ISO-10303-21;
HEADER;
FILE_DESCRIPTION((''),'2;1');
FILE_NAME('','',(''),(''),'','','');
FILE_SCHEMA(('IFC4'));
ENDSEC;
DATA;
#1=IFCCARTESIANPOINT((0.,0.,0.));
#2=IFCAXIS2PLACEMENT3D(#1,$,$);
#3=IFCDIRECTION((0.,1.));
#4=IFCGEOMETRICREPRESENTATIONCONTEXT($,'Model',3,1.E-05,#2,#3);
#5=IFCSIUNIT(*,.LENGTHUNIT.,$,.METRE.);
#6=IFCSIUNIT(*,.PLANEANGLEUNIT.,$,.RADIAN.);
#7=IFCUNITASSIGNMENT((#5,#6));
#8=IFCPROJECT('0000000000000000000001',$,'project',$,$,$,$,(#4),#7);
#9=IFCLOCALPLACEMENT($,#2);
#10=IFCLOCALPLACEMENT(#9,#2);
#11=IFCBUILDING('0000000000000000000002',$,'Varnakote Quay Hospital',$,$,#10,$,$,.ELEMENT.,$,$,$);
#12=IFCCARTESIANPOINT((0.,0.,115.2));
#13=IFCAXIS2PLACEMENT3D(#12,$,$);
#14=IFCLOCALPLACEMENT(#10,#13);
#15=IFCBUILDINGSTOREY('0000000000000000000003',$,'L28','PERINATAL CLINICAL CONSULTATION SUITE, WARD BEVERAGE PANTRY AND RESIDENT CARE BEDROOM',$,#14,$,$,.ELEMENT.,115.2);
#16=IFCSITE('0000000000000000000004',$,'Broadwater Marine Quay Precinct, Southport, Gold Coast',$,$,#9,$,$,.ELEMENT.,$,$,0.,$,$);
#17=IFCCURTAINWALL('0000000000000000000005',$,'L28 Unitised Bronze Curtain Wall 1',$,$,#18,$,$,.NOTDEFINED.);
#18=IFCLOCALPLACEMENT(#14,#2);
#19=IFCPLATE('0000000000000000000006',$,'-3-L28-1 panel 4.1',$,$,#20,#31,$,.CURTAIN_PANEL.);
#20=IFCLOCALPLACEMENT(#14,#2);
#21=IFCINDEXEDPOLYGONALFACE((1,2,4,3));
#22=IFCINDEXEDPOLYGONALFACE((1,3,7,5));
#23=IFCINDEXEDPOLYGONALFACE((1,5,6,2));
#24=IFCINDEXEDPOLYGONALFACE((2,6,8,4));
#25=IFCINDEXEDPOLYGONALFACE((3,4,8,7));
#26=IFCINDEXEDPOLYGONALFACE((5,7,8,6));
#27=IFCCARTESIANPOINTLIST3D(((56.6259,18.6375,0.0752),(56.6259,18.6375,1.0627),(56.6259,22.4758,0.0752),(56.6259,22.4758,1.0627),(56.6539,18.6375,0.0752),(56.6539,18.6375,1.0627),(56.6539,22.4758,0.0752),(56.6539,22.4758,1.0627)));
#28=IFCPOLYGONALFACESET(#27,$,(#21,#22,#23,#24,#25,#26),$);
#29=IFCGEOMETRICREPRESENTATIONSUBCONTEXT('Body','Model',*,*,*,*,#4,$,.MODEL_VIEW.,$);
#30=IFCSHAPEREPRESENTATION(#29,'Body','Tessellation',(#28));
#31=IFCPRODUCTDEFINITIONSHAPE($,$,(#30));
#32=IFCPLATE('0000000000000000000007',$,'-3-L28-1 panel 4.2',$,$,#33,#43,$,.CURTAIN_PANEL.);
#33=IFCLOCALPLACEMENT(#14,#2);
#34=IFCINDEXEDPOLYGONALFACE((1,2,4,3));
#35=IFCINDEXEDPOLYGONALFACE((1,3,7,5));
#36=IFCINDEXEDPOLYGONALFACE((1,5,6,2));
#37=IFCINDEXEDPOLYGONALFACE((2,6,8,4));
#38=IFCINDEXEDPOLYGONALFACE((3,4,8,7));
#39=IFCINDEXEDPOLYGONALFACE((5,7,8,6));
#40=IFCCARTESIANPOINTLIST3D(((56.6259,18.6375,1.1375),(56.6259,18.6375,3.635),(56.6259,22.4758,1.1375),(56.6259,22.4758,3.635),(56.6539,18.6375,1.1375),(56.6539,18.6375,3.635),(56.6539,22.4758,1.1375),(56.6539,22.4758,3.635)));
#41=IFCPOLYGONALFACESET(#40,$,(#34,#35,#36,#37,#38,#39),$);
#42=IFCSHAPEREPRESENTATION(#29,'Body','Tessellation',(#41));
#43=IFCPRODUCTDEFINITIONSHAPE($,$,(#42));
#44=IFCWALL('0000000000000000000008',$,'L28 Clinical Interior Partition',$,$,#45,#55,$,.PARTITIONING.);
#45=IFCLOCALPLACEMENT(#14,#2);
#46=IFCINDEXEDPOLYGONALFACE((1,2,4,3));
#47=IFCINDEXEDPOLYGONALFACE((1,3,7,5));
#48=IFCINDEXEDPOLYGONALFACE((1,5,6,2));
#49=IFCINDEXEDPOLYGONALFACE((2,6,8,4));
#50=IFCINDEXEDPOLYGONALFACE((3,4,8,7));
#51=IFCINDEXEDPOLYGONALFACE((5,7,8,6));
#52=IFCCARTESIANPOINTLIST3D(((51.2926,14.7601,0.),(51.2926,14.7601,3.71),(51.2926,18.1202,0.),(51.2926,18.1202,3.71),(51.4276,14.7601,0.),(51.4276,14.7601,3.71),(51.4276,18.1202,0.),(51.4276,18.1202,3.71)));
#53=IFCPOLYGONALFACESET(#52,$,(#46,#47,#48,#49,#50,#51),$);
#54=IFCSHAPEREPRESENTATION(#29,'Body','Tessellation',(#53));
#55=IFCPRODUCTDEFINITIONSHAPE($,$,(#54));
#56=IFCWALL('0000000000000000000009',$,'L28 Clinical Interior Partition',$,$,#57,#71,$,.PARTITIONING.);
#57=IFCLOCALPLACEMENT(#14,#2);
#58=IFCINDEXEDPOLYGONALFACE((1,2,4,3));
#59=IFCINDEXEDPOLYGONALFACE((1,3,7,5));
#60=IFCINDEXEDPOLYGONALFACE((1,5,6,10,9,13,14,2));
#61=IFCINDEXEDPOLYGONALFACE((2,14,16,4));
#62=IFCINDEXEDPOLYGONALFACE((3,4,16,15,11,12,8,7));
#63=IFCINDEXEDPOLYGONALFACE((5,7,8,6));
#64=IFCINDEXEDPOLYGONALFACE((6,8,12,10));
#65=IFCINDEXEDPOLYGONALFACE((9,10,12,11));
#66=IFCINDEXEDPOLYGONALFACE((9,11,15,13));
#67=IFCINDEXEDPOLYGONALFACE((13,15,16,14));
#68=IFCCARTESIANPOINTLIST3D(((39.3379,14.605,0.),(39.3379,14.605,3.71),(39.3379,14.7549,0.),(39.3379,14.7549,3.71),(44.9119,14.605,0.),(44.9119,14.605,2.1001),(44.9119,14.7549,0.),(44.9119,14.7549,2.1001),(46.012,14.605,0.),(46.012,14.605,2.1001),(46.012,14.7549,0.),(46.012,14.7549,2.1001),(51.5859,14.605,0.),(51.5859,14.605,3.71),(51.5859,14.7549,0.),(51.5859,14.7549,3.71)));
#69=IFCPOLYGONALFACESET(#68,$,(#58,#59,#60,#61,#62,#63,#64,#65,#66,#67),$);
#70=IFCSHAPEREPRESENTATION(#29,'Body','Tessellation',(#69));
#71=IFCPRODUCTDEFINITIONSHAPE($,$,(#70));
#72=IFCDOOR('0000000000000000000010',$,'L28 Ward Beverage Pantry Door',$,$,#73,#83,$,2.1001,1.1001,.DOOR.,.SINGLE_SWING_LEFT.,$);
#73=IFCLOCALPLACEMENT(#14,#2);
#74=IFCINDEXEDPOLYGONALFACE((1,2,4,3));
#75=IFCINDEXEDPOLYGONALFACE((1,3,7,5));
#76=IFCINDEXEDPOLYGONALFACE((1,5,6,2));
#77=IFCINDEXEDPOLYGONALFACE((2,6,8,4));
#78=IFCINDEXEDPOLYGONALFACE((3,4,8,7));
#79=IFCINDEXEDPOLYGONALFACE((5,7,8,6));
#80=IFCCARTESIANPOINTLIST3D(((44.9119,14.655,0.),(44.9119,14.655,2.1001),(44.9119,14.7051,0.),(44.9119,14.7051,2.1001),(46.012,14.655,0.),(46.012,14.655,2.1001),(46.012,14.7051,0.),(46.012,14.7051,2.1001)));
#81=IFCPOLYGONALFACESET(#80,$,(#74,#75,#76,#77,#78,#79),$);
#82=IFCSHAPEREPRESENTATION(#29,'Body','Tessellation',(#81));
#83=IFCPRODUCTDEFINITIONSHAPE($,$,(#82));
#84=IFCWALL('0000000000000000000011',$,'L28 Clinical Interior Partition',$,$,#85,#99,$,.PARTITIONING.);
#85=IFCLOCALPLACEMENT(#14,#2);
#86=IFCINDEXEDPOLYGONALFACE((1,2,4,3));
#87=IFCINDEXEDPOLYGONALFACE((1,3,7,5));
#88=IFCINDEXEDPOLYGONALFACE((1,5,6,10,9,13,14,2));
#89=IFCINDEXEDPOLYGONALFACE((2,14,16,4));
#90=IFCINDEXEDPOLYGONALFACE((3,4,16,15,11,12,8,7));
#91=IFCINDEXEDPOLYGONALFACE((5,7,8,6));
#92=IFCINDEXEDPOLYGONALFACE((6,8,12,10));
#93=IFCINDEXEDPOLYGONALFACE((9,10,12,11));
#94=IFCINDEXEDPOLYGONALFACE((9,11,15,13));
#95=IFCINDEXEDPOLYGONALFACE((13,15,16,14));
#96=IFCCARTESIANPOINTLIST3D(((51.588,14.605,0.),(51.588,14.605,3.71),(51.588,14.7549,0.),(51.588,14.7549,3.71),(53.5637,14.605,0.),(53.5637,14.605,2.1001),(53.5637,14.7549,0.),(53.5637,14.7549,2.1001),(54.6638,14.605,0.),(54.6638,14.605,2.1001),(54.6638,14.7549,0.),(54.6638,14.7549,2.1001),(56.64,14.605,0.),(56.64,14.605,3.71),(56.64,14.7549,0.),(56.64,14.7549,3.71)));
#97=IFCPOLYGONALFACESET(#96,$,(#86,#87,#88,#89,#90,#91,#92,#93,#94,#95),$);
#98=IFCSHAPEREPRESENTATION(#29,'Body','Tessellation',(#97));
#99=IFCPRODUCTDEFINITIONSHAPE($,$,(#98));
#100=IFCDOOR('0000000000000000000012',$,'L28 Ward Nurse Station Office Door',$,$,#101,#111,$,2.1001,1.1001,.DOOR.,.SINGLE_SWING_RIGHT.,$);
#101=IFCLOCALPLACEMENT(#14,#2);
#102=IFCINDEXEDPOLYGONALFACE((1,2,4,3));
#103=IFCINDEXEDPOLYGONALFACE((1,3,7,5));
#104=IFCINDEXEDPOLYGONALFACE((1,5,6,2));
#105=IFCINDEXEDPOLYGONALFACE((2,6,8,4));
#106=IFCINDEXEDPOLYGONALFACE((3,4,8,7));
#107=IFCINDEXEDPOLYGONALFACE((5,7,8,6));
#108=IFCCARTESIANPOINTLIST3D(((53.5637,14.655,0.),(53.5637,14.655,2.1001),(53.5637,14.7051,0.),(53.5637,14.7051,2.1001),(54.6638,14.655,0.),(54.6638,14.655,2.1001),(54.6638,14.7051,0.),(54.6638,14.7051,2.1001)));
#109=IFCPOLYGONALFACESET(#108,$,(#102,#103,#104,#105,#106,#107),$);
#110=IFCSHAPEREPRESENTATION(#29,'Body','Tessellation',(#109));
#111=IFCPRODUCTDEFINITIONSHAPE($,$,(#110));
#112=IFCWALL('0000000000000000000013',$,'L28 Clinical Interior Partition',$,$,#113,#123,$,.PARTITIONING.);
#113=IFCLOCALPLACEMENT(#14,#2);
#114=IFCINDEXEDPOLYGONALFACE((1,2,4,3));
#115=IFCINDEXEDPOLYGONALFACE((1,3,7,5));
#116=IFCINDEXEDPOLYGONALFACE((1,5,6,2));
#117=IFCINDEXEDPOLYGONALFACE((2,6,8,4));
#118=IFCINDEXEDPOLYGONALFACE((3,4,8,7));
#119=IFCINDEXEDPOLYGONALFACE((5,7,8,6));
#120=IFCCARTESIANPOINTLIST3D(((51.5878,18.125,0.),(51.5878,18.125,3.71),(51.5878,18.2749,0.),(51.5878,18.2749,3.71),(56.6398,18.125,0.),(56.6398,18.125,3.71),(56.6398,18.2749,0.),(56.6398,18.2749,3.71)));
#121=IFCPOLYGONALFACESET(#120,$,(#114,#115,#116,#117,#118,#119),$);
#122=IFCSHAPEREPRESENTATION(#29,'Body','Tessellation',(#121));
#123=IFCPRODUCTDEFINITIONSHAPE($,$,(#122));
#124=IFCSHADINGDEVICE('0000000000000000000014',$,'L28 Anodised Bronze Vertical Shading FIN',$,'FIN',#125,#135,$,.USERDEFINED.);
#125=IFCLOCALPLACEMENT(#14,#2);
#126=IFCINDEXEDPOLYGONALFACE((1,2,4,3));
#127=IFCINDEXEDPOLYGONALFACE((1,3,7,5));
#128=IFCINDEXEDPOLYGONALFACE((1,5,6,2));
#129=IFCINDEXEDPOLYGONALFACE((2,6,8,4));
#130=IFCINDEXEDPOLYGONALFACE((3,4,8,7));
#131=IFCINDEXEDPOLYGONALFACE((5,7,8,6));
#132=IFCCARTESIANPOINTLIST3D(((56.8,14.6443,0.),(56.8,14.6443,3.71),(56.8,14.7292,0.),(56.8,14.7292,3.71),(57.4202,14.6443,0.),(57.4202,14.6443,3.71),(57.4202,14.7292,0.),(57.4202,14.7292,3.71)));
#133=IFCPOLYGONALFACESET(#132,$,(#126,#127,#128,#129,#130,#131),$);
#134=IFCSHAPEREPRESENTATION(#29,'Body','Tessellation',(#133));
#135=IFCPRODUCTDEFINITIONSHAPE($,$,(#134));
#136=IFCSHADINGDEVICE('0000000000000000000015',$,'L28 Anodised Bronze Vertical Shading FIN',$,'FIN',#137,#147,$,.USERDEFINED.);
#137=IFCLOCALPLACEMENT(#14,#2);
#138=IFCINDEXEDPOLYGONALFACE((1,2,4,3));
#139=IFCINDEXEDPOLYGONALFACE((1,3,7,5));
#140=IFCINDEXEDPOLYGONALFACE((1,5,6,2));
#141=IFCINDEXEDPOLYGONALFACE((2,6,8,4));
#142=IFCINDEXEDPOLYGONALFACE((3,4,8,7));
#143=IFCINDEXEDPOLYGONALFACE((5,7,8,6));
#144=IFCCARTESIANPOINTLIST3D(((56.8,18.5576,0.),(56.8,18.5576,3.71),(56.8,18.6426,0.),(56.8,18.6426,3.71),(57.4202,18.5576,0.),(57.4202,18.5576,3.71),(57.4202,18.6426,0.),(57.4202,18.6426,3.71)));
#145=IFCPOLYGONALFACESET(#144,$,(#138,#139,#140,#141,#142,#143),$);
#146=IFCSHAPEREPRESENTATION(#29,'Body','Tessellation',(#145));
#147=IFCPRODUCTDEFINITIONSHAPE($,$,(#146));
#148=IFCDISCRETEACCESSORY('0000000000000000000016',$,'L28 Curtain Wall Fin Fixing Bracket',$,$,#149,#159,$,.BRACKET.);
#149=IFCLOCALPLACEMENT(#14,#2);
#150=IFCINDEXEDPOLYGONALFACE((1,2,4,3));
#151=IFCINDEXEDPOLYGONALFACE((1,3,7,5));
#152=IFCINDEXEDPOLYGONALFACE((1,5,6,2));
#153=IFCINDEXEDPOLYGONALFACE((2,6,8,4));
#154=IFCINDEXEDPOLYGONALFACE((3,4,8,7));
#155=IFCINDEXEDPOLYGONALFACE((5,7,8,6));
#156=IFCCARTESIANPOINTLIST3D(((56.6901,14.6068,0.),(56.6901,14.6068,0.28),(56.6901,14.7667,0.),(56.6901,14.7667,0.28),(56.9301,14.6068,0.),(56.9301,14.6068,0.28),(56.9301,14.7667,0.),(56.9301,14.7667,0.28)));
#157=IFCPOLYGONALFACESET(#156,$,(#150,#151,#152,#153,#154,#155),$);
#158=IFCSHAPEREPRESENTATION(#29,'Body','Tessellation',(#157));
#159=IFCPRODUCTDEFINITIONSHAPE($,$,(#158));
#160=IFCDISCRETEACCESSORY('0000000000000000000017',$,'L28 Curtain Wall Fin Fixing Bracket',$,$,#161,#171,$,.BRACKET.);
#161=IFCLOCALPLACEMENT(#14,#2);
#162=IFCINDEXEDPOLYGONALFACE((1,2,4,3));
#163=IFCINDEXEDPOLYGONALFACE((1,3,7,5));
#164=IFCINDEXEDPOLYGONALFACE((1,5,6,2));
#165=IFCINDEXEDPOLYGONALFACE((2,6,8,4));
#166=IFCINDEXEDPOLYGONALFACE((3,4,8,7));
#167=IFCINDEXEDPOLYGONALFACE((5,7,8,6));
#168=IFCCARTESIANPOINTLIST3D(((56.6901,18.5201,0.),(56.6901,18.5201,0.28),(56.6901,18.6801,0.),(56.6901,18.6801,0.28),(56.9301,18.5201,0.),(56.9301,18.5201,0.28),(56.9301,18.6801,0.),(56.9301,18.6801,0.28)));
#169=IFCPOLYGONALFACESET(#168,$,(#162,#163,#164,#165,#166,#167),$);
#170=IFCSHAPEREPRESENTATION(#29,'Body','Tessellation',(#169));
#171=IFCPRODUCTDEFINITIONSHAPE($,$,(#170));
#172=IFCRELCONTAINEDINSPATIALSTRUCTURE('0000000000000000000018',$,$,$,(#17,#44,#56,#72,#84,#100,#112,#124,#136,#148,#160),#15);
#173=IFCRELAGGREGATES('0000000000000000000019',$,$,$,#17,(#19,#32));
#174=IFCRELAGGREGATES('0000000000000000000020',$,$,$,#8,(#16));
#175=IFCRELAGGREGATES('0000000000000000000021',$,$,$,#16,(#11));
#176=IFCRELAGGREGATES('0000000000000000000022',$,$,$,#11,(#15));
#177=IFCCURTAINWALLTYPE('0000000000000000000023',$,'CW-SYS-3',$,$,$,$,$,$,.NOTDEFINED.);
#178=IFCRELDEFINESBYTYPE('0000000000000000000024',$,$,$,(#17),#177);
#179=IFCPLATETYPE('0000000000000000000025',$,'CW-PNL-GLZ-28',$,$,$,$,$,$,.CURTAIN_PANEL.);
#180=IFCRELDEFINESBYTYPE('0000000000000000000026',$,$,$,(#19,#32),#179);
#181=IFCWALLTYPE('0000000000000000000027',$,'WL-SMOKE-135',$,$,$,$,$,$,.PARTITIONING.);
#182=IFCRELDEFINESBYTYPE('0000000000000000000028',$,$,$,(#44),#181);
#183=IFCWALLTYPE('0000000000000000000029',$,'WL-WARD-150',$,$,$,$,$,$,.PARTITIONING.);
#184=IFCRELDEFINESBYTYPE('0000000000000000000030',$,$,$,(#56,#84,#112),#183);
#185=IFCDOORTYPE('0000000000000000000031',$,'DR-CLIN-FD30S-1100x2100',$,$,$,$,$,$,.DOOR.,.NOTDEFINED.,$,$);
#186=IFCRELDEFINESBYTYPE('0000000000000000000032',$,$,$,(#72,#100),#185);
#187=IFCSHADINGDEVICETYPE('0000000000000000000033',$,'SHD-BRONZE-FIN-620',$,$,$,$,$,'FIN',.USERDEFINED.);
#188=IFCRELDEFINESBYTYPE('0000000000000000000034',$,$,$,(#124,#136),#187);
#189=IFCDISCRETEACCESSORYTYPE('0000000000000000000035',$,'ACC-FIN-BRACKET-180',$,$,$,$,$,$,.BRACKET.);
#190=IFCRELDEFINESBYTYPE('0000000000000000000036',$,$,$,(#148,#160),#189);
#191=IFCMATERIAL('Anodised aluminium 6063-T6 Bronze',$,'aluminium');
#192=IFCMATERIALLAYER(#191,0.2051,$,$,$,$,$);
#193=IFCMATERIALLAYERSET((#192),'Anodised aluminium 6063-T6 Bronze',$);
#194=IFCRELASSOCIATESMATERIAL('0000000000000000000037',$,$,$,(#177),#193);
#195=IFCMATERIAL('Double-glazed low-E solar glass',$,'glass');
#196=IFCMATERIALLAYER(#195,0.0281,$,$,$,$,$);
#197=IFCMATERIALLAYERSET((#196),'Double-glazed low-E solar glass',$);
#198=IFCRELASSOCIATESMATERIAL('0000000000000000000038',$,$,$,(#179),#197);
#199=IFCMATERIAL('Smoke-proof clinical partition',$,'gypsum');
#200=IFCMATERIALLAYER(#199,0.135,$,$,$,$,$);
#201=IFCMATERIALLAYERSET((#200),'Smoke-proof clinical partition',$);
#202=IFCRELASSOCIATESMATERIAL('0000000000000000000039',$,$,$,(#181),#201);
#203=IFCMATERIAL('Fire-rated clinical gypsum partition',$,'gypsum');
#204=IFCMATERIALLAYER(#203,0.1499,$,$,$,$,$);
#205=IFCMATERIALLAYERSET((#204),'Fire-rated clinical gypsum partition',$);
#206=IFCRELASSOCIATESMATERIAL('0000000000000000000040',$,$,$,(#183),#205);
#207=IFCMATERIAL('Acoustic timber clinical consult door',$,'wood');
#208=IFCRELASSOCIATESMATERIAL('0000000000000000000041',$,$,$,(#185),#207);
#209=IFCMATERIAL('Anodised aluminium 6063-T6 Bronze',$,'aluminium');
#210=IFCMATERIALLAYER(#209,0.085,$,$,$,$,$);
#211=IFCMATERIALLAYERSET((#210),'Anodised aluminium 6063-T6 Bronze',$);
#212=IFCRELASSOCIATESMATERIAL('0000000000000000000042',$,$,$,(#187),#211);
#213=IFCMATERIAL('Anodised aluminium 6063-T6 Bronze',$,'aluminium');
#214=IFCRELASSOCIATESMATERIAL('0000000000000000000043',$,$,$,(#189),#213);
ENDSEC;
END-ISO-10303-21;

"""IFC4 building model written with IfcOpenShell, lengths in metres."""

from ifc_helpers import new_model, si_unit, direction, frame, frame_2d, origin, origin_2d, place, context, subcontext, project, spatial, rectangle, extrude, material, layer, layer_set, type_object, element, fill, aggregate, save


model = new_model("IFC4")

# Units and contexts
model_context = context("Model", 3, precision=1e-05, world=origin(), true_north=direction((0.0, 1.0)))
body_context = subcontext(model_context, "Body", "Model", "MODEL_VIEW")
ifc_project = project(units=[si_unit("LENGTHUNIT", "METRE"), si_unit("PLANEANGLEUNIT", "RADIAN")], contexts=[model_context])

# Site, building, storey
site_placement = place(None, origin())
site = spatial("IfcSite", under=ifc_project, at=site_placement, Name="Broadwater Marine Quay Precinct, Southport, Gold Coast", CompositionType="ELEMENT", RefElevation=0.0)
building_placement = place(site_placement, origin())
building = spatial("IfcBuilding", under=site, at=building_placement, Name="Varnakote Quay Hospital", CompositionType="ELEMENT")
storey_placement = place(building_placement, frame((0.0, 0.0, 115.2)))
storey = spatial("IfcBuildingStorey", under=building, at=storey_placement, Name="L28", Description="PERINATAL CLINICAL CONSULTATION SUITE, WARD BEVERAGE PANTRY AND RESIDENT CARE BEDROOM", CompositionType="ELEMENT", Elevation=115.2)

# Curtain wall, plates
ifc_material_1 = material(Name="Anodised aluminium 6063-T6 Bronze", Category="aluminium")
ifc_layer_1 = layer(ifc_material_1, 0.2051)
ifc_layer_set_1 = layer_set([ifc_layer_1], Name="Anodised aluminium 6063-T6 Bronze")
curtain_wall_type = type_object("IfcCurtainWallType", Name="CW-SYS-3", PredefinedType="NOTDEFINED", material=ifc_layer_set_1)
curtain_wall_placement = place(storey_placement, origin())
curtain_wall = element("IfcCurtainWall", 1, at=curtain_wall_placement, inside=storey, type_object=curtain_wall_type, Name="L28 Unitised Bronze Curtain Wall 1", PredefinedType="NOTDEFINED")
ifc_material_2 = material(Name="Double-glazed low-E solar glass", Category="glass")
ifc_layer_2 = layer(ifc_material_2, 0.0281)
ifc_layer_set_2 = layer_set([ifc_layer_2], Name="Double-glazed low-E solar glass")
plate_type = type_object("IfcPlateType", Name="CW-PNL-GLZ-28", PredefinedType="CURTAIN_PANEL", material=ifc_layer_set_2)
plate_1_placement = place(storey_placement, frame((56.6399, 20.5566, 0.0752), z_axis=(0.0, 0.0, 1.0), x_axis=(0.0, 1.0, 0.0)))
plate_1 = element("IfcPlate", 2, at=plate_1_placement, type_object=plate_type, Name="-3-L28-1 panel 4.1", PredefinedType="CURTAIN_PANEL", context=body_context, shape_type="SweptSolid", body=[
    extrude(rectangle(XDim=3.8384, YDim=0.0281, at=origin_2d()), origin(), (0.0, 0.0, 1.0), 0.9875),
])
plate_2_placement = place(storey_placement, frame((56.6399, 20.5566, 1.1375), z_axis=(0.0, 0.0, 1.0), x_axis=(0.0, 1.0, 0.0)))
plate_2 = element("IfcPlate", 3, at=plate_2_placement, type_object=plate_type, Name="-3-L28-1 panel 4.2", PredefinedType="CURTAIN_PANEL", context=body_context, shape_type="SweptSolid", body=[
    extrude(rectangle(XDim=3.8384, YDim=0.0281, at=origin_2d()), origin(), (0.0, 0.0, 1.0), 2.4976),
])
aggregate(curtain_wall, [plate_1, plate_2])

# Wall
ifc_material_3 = material(Name="Smoke-proof clinical partition", Category="gypsum")
ifc_layer_3 = layer(ifc_material_3, 0.135)
ifc_layer_set_3 = layer_set([ifc_layer_3], Name="Smoke-proof clinical partition")
wall_type_1 = type_object("IfcWallType", Name="WL-SMOKE-135", PredefinedType="PARTITIONING", material=ifc_layer_set_3)
wall_1_placement = place(storey_placement, frame((51.3601, 14.76, 0.0), z_axis=(0.0, 0.0, 1.0), x_axis=(0.0, 1.0, 0.0)))
element("IfcWall", 4, at=wall_1_placement, inside=storey, type_object=wall_type_1, Name="L28 Clinical Interior Partition", PredefinedType="PARTITIONING", context=body_context, shape_type="SweptSolid", body=[
    extrude(rectangle(XDim=3.3601, YDim=0.135, at=frame_2d((1.6802, 0.0))), origin(), (0.0, 0.0, 1.0), 3.71),
])

# Walls, openings, doors
ifc_material_4 = material(Name="Fire-rated clinical gypsum partition", Category="gypsum")
ifc_layer_4 = layer(ifc_material_4, 0.1499)
ifc_layer_set_4 = layer_set([ifc_layer_4], Name="Fire-rated clinical gypsum partition")
wall_type_2 = type_object("IfcWallType", Name="WL-WARD-150", PredefinedType="PARTITIONING", material=ifc_layer_set_4)
wall_2_placement = place(storey_placement, frame((51.5859, 14.6799, 0.0), z_axis=(0.0, 0.0, 1.0), x_axis=(-1.0, 0.0, 0.0)))
wall_2 = element("IfcWall", 5, at=wall_2_placement, inside=storey, type_object=wall_type_2, Name="L28 Clinical Interior Partition", PredefinedType="PARTITIONING", context=body_context, shape_type="SweptSolid", body=[
    extrude(rectangle(XDim=12.248, YDim=0.1499, at=frame_2d((6.124, 0.0))), origin(), (0.0, 0.0, 1.0), 3.71),
])
opening_1_placement = place(wall_2_placement, frame((5.574, 0.0, 0.0)))
opening_1 = element("IfcOpeningElement", 6, at=opening_1_placement, cuts=wall_2, PredefinedType="OPENING", context=body_context, shape_type="SweptSolid", body=[
    extrude(rectangle(XDim=1.1001, YDim=2.1001, at=frame_2d((0.55, 1.05))), frame((0.0, 0.085, 0.0), z_axis=(0.0, -1.0, 0.0), x_axis=(1.0, 0.0, 0.0)), (0.0, 0.0, 1.0), 0.1699),
])
ifc_material_5 = material(Name="Acoustic timber clinical consult door", Category="wood")
door_type = type_object("IfcDoorType", Name="DR-CLIN-FD30S-1100x2100", OperationType="NOTDEFINED", PredefinedType="DOOR", material=ifc_material_5)
door_1_placement = place(opening_1_placement, origin())
door_1 = element("IfcDoor", 7, at=door_1_placement, inside=storey, type_object=door_type, Name="L28 Ward Beverage Pantry Door", OperationType="SINGLE_SWING_LEFT", OverallHeight=2.1001, OverallWidth=1.1001, PredefinedType="DOOR", context=body_context, shape_type="SweptSolid", body=[
    extrude(rectangle(XDim=1.1001, YDim=2.1001, at=frame_2d((0.55, 1.05))), frame((0.0, 0.0249, 0.0), z_axis=(0.0, -1.0, 0.0), x_axis=(1.0, 0.0, 0.0)), (0.0, 0.0, 1.0), 0.05),
])
fill(opening_1, door_1)
wall_3_placement = place(storey_placement, frame((56.6399, 14.6799, 0.0), z_axis=(0.0, 0.0, 1.0), x_axis=(-1.0, 0.0, 0.0)))
wall_3 = element("IfcWall", 8, at=wall_3_placement, inside=storey, type_object=wall_type_2, Name="L28 Clinical Interior Partition", PredefinedType="PARTITIONING", context=body_context, shape_type="SweptSolid", body=[
    extrude(rectangle(XDim=5.052, YDim=0.1499, at=frame_2d((2.5259, 0.0))), origin(), (0.0, 0.0, 1.0), 3.71),
])
opening_2_placement = place(wall_3_placement, frame((1.9761, 0.0, 0.0)))
opening_2 = element("IfcOpeningElement", 9, at=opening_2_placement, cuts=wall_3, PredefinedType="OPENING", context=body_context, shape_type="SweptSolid", body=[
    extrude(rectangle(XDim=1.1001, YDim=2.1001, at=frame_2d((0.55, 1.05))), frame((0.0, 0.085, 0.0), z_axis=(0.0, -1.0, 0.0), x_axis=(1.0, 0.0, 0.0)), (0.0, 0.0, 1.0), 0.1699),
])
door_2_placement = place(opening_2_placement, origin())
door_2 = element("IfcDoor", 10, at=door_2_placement, inside=storey, type_object=door_type, Name="L28 Ward Nurse Station Office Door", OperationType="SINGLE_SWING_RIGHT", OverallHeight=2.1001, OverallWidth=1.1001, PredefinedType="DOOR", context=body_context, shape_type="SweptSolid", body=[
    extrude(rectangle(XDim=1.1001, YDim=2.1001, at=frame_2d((0.55, 1.05))), frame((0.0, 0.0249, 0.0), z_axis=(0.0, -1.0, 0.0), x_axis=(1.0, 0.0, 0.0)), (0.0, 0.0, 1.0), 0.05),
])
fill(opening_2, door_2)

# Wall
wall_4_placement = place(storey_placement, frame((51.5879, 18.2, 0.0), z_axis=(0.0, 0.0, 1.0), x_axis=(1.0, 0.0, 0.0)))
element("IfcWall", 11, at=wall_4_placement, inside=storey, type_object=wall_type_2, Name="L28 Clinical Interior Partition", PredefinedType="PARTITIONING", context=body_context, shape_type="SweptSolid", body=[
    extrude(rectangle(XDim=5.052, YDim=0.1499, at=frame_2d((2.5259, 0.0))), origin(), (0.0, 0.0, 1.0), 3.71),
])

# Shading devices
ifc_material_6 = material(Name="Anodised aluminium 6063-T6 Bronze", Category="aluminium")
ifc_layer_5 = layer(ifc_material_6, 0.085)
ifc_layer_set_5 = layer_set([ifc_layer_5], Name="Anodised aluminium 6063-T6 Bronze")
shading_device_type = type_object("IfcShadingDeviceType", Name="SHD-BRONZE-FIN-620", ElementType="FIN", PredefinedType="USERDEFINED", material=ifc_layer_set_5)
for number, where, z_axis, x_axis, name in (
    (12, (57.1101, 14.6868, 0.0), (0.0, 0.0, 1.0), (-1.0, 0.0, 0.0), "L28 Anodised Bronze Vertical Shading FIN"),
    (13, (57.1101, 18.6001, 0.0), (0.0, 0.0, 1.0), (-1.0, 0.0, 0.0), "L28 Anodised Bronze Vertical Shading FIN"),
):
    element("IfcShadingDevice", number, at=place(storey_placement, frame(where, z_axis=z_axis, x_axis=x_axis)), inside=storey, type_object=shading_device_type, Name=name, ObjectType="FIN", PredefinedType="USERDEFINED", context=body_context, shape_type="SweptSolid", body=[
        extrude(rectangle(XDim=0.6201, YDim=0.085, at=origin_2d()), origin(), (0.0, 0.0, 1.0), 3.71),
    ])

# Discrete accessories
ifc_material_7 = material(Name="Anodised aluminium 6063-T6 Bronze", Category="aluminium")
discrete_accessory_type = type_object("IfcDiscreteAccessoryType", Name="ACC-FIN-BRACKET-180", PredefinedType="BRACKET", material=ifc_material_7)
for number, where, z_axis, x_axis, name in (
    (14, (56.8101, 14.6868, 0.0), (0.0, 0.0, 1.0), (0.0, 1.0, 0.0), "L28 Curtain Wall Fin Fixing Bracket"),
    (15, (56.8101, 18.6001, 0.0), (0.0, 0.0, 1.0), (0.0, 1.0, 0.0), "L28 Curtain Wall Fin Fixing Bracket"),
):
    element("IfcDiscreteAccessory", number, at=place(storey_placement, frame(where, z_axis=z_axis, x_axis=x_axis)), inside=storey, type_object=discrete_accessory_type, Name=name, PredefinedType="BRACKET", context=body_context, shape_type="SweptSolid", body=[
        extrude(rectangle(XDim=0.1599, YDim=0.24, at=origin_2d()), origin(), (0.0, 0.0, 1.0), 0.28),
    ])

save(model, "model.ifc")
